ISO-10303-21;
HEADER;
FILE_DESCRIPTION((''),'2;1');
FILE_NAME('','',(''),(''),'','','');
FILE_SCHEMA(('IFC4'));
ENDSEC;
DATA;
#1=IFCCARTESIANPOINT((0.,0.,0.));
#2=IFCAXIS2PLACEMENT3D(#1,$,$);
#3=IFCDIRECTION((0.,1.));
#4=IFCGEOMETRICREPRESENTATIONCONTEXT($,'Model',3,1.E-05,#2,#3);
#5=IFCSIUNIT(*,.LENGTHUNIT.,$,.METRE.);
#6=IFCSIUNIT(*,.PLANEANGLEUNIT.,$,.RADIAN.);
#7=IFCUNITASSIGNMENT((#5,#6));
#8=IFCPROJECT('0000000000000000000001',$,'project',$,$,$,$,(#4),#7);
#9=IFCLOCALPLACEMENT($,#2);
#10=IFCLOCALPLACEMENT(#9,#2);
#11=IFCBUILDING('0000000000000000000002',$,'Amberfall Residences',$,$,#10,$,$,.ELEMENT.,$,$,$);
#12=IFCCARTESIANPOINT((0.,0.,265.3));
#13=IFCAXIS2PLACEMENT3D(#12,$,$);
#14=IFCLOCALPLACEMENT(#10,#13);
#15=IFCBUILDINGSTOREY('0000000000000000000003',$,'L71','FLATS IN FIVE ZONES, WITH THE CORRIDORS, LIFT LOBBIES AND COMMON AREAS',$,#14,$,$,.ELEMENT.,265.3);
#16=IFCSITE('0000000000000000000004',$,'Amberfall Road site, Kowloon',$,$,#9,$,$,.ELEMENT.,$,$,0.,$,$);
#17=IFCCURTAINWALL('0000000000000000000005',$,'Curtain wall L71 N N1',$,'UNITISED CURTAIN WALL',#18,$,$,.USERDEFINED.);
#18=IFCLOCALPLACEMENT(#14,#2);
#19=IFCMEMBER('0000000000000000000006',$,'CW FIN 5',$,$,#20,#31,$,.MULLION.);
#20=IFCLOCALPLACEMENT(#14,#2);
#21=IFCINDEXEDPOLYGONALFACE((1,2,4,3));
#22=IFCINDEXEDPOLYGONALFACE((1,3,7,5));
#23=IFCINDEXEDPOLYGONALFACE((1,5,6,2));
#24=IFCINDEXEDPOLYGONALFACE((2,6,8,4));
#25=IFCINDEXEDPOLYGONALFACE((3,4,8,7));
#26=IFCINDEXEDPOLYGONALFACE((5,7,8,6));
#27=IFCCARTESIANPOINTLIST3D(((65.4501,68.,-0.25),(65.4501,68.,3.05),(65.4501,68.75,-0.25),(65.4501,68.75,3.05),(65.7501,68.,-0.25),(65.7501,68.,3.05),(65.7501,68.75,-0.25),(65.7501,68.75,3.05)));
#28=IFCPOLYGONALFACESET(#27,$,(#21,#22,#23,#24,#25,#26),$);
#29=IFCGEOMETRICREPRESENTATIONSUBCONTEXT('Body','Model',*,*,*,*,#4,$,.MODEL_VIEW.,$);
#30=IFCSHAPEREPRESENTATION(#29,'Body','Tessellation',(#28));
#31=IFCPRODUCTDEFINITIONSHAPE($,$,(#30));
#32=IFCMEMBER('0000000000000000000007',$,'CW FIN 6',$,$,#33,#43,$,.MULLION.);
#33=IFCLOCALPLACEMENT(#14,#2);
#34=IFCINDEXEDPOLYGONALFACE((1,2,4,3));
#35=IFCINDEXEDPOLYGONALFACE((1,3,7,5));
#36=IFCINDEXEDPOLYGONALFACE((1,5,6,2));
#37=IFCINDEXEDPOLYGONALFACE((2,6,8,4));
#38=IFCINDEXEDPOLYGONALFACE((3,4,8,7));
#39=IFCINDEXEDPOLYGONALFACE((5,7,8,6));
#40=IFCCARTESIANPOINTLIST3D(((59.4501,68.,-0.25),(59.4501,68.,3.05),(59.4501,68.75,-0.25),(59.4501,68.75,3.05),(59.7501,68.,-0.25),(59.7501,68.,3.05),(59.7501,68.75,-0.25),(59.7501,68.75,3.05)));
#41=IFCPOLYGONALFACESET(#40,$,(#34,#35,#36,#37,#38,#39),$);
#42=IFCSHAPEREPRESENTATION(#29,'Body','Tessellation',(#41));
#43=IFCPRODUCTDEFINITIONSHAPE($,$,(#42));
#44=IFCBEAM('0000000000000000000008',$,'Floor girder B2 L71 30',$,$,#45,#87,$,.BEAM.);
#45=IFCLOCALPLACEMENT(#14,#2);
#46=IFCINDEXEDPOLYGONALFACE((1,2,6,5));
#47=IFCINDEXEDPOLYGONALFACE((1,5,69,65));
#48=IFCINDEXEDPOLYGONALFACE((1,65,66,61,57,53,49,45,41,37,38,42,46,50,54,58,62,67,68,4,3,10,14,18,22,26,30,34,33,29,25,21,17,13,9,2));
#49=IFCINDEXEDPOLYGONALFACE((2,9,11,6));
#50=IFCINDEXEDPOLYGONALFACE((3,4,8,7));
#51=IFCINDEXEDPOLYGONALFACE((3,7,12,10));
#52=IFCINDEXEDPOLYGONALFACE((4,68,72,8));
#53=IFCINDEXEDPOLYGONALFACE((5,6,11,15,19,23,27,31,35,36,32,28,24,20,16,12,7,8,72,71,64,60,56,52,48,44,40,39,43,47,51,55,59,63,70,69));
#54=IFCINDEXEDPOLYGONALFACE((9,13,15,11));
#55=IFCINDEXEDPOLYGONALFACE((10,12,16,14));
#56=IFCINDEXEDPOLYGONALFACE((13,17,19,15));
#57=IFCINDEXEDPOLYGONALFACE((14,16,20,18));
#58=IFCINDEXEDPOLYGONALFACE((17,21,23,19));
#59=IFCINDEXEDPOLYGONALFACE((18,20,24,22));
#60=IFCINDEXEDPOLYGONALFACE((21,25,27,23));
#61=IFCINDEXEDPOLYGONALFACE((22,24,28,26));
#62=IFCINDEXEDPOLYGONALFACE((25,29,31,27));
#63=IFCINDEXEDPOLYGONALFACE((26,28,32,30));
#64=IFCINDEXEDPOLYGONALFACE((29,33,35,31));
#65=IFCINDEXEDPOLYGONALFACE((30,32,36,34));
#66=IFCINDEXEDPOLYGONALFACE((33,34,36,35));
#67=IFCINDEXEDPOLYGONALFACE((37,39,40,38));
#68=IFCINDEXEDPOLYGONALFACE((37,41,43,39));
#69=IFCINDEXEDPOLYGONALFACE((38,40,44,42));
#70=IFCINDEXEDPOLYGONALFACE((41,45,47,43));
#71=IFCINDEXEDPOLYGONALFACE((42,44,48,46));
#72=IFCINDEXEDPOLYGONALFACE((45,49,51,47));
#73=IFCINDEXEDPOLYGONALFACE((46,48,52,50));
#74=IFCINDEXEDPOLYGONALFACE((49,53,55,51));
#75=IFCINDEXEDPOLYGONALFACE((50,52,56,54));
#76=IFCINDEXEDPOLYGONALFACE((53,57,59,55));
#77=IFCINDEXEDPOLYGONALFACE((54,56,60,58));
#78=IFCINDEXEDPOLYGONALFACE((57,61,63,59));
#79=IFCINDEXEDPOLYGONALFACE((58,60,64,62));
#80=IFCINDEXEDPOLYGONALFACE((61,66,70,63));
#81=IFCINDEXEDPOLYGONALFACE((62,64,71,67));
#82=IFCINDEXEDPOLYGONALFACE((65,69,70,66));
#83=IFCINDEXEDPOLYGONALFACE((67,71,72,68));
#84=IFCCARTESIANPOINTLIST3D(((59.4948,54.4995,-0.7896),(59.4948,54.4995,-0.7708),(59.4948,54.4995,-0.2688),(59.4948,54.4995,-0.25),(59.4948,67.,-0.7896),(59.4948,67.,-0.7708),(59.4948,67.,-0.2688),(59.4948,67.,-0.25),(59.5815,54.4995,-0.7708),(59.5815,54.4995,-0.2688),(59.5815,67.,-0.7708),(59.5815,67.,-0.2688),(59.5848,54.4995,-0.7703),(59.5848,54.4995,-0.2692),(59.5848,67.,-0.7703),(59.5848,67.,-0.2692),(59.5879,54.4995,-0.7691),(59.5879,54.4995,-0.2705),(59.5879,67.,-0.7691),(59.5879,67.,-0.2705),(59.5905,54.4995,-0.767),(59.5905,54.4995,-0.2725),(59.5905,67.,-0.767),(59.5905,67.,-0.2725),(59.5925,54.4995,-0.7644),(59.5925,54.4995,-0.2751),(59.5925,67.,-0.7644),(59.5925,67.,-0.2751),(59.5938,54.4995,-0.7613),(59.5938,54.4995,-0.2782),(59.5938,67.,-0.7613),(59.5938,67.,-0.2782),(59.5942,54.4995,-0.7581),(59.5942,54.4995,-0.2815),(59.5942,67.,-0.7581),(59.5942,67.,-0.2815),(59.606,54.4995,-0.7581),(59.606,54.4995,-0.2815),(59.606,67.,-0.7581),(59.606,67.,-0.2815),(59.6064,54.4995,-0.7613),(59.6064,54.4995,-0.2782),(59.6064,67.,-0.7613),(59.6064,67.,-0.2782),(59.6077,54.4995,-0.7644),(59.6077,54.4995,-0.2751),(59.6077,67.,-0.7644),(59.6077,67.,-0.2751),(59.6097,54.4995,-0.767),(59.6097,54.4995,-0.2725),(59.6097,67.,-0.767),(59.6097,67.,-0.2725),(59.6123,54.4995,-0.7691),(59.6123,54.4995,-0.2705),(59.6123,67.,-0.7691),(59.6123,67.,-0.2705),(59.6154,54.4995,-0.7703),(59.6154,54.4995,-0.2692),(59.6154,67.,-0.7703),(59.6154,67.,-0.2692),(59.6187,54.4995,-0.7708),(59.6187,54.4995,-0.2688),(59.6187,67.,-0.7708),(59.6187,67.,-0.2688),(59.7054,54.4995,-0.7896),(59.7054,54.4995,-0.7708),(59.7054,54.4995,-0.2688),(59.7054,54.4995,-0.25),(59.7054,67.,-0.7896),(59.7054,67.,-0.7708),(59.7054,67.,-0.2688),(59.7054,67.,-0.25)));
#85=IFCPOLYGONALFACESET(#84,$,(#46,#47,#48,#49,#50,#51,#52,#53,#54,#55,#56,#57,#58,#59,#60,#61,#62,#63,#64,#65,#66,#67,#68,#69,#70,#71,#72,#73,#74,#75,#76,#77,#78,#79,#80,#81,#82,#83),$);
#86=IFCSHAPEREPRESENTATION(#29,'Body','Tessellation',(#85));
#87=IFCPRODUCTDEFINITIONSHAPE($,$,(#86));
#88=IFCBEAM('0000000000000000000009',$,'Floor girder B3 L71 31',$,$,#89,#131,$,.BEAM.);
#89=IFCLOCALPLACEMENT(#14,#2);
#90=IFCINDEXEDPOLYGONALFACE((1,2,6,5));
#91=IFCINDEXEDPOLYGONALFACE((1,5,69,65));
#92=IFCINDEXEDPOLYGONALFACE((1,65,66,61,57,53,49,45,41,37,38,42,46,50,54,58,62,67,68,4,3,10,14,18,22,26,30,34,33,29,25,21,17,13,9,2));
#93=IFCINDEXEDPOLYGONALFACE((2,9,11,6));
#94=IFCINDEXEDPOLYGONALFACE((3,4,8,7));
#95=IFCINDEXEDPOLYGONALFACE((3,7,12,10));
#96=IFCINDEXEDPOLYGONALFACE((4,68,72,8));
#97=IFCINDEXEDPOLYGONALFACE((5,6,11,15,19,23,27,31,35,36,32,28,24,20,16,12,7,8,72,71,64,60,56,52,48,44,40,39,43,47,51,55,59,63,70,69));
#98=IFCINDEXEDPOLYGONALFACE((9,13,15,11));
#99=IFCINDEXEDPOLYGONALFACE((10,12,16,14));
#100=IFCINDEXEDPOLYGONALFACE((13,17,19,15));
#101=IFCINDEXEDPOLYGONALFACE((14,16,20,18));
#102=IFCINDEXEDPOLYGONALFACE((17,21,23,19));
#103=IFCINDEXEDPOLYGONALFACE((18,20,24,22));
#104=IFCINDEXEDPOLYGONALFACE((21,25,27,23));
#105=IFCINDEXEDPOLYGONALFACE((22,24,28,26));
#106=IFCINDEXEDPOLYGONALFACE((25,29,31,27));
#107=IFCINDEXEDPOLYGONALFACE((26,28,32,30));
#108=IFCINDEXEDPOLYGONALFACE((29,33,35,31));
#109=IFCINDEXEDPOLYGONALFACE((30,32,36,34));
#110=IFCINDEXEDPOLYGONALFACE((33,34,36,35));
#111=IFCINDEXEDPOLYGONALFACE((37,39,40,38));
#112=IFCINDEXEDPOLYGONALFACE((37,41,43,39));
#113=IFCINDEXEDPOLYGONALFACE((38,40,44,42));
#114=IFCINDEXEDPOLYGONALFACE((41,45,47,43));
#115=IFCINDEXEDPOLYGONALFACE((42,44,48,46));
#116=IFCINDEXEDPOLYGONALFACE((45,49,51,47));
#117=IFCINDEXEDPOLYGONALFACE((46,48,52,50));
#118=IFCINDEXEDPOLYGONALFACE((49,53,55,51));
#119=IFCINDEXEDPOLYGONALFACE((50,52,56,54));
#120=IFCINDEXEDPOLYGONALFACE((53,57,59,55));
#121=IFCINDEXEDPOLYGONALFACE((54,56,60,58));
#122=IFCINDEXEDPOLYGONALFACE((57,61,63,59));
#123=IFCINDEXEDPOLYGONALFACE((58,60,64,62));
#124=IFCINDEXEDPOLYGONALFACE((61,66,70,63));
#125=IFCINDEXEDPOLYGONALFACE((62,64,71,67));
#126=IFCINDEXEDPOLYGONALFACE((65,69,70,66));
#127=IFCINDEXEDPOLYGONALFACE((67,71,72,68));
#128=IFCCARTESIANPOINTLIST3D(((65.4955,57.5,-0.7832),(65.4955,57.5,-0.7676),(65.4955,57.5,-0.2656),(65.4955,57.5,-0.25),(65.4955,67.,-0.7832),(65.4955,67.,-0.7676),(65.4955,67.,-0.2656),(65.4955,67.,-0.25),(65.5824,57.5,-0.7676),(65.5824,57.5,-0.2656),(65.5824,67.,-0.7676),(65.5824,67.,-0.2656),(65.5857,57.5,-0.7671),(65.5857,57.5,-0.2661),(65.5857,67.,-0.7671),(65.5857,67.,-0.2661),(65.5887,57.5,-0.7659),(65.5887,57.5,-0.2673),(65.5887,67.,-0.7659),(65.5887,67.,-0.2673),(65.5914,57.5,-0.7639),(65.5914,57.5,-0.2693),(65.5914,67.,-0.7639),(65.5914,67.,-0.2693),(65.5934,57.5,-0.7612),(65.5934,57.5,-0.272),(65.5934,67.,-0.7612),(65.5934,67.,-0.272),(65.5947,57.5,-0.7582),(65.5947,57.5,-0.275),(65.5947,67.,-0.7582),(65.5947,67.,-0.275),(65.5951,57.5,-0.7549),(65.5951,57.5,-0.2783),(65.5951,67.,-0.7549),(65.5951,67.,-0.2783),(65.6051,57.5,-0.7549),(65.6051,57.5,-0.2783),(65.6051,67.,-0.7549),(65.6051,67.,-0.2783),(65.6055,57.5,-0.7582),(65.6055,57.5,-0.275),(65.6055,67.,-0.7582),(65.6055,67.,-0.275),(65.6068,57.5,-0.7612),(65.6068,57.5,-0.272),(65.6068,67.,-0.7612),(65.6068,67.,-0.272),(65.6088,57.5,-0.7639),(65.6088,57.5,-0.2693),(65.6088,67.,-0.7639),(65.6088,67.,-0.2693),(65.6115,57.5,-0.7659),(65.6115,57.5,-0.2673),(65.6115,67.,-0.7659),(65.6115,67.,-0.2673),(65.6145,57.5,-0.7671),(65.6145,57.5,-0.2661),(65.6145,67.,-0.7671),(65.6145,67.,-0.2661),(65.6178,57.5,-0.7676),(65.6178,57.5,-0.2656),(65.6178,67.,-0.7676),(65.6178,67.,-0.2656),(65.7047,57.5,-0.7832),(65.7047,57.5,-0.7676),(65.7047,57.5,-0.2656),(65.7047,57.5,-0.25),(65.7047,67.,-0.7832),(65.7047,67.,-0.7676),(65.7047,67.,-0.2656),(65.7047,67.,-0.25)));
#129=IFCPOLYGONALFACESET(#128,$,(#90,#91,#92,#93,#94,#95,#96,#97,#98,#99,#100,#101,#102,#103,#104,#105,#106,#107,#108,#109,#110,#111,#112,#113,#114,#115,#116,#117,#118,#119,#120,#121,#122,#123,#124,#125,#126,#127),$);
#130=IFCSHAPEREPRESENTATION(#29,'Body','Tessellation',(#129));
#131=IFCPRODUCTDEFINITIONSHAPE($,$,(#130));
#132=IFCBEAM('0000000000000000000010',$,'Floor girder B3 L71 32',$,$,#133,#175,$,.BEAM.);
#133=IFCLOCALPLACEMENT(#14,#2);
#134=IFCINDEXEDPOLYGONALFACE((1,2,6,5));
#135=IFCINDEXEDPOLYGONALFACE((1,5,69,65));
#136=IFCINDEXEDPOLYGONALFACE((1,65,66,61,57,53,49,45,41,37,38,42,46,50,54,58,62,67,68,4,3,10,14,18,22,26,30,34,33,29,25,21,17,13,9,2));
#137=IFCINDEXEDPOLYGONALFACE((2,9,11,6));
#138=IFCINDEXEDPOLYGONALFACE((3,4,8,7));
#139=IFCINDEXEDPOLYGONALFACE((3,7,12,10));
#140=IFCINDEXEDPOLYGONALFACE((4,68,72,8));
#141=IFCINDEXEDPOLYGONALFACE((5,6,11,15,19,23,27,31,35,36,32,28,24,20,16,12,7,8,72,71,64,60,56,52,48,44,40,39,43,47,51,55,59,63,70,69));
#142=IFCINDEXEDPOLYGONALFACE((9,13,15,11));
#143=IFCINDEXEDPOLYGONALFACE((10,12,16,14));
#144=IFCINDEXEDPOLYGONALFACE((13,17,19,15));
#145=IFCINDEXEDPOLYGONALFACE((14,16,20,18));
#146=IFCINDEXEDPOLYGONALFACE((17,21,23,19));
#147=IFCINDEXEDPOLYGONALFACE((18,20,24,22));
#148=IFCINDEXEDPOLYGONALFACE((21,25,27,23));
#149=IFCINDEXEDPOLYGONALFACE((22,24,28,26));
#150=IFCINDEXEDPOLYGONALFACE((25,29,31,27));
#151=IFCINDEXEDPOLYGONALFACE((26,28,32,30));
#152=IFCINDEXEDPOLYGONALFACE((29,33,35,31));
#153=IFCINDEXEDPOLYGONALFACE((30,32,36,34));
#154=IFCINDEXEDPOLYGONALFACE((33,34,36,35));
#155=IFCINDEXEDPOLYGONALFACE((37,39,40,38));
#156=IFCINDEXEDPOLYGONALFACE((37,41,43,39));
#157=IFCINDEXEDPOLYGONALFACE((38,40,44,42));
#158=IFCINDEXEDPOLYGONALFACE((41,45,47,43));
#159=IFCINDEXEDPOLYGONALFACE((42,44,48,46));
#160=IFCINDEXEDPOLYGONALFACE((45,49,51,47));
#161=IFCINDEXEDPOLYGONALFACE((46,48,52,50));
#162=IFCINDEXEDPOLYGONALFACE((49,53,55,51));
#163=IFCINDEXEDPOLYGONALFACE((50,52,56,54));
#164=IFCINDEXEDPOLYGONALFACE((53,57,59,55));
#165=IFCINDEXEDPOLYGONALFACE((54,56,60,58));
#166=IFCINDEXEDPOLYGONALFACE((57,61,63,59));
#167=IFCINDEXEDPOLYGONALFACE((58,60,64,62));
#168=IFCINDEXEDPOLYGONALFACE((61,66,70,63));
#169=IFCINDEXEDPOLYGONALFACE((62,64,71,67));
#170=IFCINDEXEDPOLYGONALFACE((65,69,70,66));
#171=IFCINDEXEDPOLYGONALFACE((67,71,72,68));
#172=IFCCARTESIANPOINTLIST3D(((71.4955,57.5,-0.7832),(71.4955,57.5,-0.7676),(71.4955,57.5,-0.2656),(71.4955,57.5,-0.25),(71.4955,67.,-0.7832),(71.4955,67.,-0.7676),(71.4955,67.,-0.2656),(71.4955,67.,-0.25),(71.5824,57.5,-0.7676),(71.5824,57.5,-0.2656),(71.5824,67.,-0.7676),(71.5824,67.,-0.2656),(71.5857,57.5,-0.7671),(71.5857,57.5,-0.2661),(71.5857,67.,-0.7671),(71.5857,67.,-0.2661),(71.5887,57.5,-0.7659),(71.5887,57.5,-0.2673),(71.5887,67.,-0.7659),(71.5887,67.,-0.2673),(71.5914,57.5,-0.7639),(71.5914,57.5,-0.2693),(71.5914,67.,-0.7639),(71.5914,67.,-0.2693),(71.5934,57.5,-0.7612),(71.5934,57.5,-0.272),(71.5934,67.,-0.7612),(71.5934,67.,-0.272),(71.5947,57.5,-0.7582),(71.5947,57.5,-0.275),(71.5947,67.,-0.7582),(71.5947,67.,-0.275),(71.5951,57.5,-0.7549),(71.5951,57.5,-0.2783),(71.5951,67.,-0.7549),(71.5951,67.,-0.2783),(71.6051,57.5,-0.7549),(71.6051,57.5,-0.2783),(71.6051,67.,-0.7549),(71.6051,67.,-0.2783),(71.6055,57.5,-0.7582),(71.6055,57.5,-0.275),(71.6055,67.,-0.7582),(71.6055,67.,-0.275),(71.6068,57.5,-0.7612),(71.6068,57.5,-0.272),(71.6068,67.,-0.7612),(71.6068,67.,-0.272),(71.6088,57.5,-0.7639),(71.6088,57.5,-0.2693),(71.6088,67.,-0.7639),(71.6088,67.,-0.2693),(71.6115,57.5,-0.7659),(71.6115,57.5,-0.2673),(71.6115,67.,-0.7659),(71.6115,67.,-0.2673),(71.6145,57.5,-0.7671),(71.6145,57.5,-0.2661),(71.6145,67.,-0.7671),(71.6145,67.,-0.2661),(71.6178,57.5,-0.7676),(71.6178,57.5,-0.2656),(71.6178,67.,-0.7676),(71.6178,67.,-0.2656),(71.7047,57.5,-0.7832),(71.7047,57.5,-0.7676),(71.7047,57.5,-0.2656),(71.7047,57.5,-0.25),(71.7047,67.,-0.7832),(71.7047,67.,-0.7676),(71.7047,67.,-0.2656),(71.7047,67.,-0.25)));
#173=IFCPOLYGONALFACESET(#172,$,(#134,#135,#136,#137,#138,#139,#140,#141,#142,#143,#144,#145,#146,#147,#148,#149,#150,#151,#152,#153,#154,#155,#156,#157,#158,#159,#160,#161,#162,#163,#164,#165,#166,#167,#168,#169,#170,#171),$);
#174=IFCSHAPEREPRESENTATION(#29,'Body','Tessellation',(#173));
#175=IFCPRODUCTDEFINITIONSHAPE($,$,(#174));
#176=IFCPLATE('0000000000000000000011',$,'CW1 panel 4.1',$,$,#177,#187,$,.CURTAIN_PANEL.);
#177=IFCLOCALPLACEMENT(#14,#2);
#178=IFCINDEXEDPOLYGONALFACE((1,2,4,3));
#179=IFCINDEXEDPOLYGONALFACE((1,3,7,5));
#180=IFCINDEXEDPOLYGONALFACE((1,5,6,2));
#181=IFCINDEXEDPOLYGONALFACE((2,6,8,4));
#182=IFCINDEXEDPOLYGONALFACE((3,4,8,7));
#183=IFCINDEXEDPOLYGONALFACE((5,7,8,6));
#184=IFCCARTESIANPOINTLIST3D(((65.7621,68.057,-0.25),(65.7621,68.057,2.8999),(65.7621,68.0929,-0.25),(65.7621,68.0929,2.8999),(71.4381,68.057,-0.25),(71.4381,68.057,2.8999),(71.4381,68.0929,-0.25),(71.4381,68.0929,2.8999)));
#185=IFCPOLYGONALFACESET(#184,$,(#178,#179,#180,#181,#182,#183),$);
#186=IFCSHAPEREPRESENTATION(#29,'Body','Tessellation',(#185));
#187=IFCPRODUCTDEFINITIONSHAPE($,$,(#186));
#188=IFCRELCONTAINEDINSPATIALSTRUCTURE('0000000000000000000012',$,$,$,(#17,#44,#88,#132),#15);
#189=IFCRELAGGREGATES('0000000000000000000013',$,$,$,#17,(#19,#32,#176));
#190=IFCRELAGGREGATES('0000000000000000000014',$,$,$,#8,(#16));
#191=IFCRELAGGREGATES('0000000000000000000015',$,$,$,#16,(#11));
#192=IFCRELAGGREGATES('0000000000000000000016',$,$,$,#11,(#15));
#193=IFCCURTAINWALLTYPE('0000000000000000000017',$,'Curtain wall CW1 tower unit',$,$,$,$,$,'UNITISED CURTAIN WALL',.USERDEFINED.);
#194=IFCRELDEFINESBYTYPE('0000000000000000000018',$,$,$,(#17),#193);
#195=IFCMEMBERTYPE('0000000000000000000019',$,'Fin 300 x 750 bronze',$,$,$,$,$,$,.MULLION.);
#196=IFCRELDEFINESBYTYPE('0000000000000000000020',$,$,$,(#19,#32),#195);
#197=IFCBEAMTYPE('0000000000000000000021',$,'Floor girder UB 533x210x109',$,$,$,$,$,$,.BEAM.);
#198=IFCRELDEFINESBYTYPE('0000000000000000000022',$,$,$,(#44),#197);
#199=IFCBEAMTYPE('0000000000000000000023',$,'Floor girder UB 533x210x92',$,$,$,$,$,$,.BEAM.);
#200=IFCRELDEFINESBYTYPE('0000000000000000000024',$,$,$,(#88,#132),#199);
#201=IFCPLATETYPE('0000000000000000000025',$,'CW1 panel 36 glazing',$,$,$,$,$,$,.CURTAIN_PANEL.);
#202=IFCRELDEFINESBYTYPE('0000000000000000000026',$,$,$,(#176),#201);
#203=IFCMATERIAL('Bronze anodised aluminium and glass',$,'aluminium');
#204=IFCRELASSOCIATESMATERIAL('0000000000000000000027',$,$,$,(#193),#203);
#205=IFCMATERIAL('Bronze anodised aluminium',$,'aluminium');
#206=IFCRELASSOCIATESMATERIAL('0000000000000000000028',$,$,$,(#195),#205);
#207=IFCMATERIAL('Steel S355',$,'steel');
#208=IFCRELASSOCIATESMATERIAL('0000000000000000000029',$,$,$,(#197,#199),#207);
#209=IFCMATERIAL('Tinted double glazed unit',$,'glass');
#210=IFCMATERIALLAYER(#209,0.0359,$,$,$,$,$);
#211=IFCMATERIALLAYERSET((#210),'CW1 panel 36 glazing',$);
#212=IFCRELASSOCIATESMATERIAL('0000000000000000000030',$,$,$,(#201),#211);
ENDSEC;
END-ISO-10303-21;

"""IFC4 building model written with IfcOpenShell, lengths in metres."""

from ifc_helpers import new_model, si_unit, direction, frame, origin, origin_2d, place, context, subcontext, project, spatial, rectangle, i_section, extrude, material, layer, layer_set, material_profile, profile_set, type_object, element, aggregate, save


model = new_model("IFC4")

# Units and contexts
model_context = context("Model", 3, precision=1e-05, world=origin(), true_north=direction((0.0, 1.0)))
body_context = subcontext(model_context, "Body", "Model", "MODEL_VIEW")
ifc_project = project(units=[si_unit("LENGTHUNIT", "METRE"), si_unit("PLANEANGLEUNIT", "RADIAN")], contexts=[model_context])

# Site, building, storey
site_placement = place(None, origin())
site = spatial("IfcSite", under=ifc_project, at=site_placement, Name="Amberfall Road site, Kowloon", CompositionType="ELEMENT", RefElevation=0.0)
building_placement = place(site_placement, origin())
building = spatial("IfcBuilding", under=site, at=building_placement, Name="Amberfall Residences", CompositionType="ELEMENT")
storey_placement = place(building_placement, frame((0.0, 0.0, 265.3)))
storey = spatial("IfcBuildingStorey", under=building, at=storey_placement, Name="L71", Description="FLATS IN FIVE ZONES, WITH THE CORRIDORS, LIFT LOBBIES AND COMMON AREAS", CompositionType="ELEMENT", Elevation=265.3)

# Curtain wall
ifc_material_1 = material(Name="Bronze anodised aluminium and glass", Category="aluminium")
curtain_wall_type = type_object("IfcCurtainWallType", Name="Curtain wall CW1 tower unit", ElementType="UNITISED CURTAIN WALL", PredefinedType="USERDEFINED", material=ifc_material_1)
curtain_wall_placement = place(storey_placement, origin())
curtain_wall = element("IfcCurtainWall", 1, at=curtain_wall_placement, inside=storey, type_object=curtain_wall_type, Name="Curtain wall L71 N N1", ObjectType="UNITISED CURTAIN WALL", PredefinedType="USERDEFINED")
ifc_material_2 = material(Name="Bronze anodised aluminium", Category="aluminium")

# Shared definitions
ifc_material_3 = material(Name="Steel S355", Category="steel")

# Members
ifc_material_profile_1 = material_profile(ifc_material_2, rectangle(XDim=0.75, YDim=0.3, at=origin_2d()), Name="Fin 300 x 750 bronze")
ifc_profile_set_1 = profile_set([ifc_material_profile_1], Name="Bronze anodised aluminium")
member_type_1 = type_object("IfcMemberType", Name="Fin 300 x 750 bronze", PredefinedType="MULLION", material=ifc_profile_set_1)
member_1_placement = place(storey_placement, frame((65.6001, 68.375, -0.25), z_axis=(0.0, 0.0, 1.0), x_axis=(0.0, -1.0, 0.0)))
member_1 = element("IfcMember", 2, at=member_1_placement, type_object=member_type_1, Name="CW FIN 5", PredefinedType="MULLION", context=body_context, shape_type="SweptSolid", body=[
    extrude(rectangle(XDim=0.75, YDim=0.3, at=origin_2d()), origin(), (0.0, 0.0, 1.0), 3.3),
])
member_2_placement = place(storey_placement, frame((59.6001, 68.375, -0.25), z_axis=(0.0, 0.0, 1.0), x_axis=(0.0, -1.0, 0.0)))
member_2 = element("IfcMember", 3, at=member_2_placement, type_object=member_type_1, Name="CW FIN 6", PredefinedType="MULLION", context=body_context, shape_type="SweptSolid", body=[
    extrude(rectangle(XDim=0.75, YDim=0.3, at=origin_2d()), origin(), (0.0, 0.0, 1.0), 3.3),
])

# Beams
ifc_material_profile_2 = material_profile(ifc_material_3, i_section(OverallWidth=0.2107, OverallDepth=0.5396, WebThickness=0.0117, FlangeThickness=0.0188, FilletRadius=0.0127, at=origin_2d()), Name="UB 533x210x109")
ifc_profile_set_2 = profile_set([ifc_material_profile_2], Name="Steel S355")
beam_type_1 = type_object("IfcBeamType", Name="Floor girder UB 533x210x109", PredefinedType="BEAM", material=ifc_profile_set_2)
beam_placement = place(storey_placement, frame((59.6001, 67.0, -0.5198), z_axis=(0.0, -1.0, 0.0), x_axis=(1.0, 0.0, 0.0)))
element("IfcBeam", 4, at=beam_placement, inside=storey, type_object=beam_type_1, Name="Floor girder B2 L71 30", PredefinedType="BEAM", context=body_context, shape_type="SweptSolid", body=[
    extrude(i_section(OverallWidth=0.2107, OverallDepth=0.5396, WebThickness=0.0117, FlangeThickness=0.0188, FilletRadius=0.0127, at=origin_2d()), origin(), (0.0, 0.0, 1.0), 12.5005),
])
ifc_material_profile_3 = material_profile(ifc_material_3, i_section(OverallWidth=0.2092, OverallDepth=0.5332, WebThickness=0.01, FlangeThickness=0.0156, FilletRadius=0.0127, at=origin_2d()), Name="UB 533x210x92")
ifc_profile_set_3 = profile_set([ifc_material_profile_3], Name="Steel S355")
beam_type_2 = type_object("IfcBeamType", Name="Floor girder UB 533x210x92", PredefinedType="BEAM", material=ifc_profile_set_3)
for number, where, z_axis, x_axis, name in (
    (5, (65.6001, 67.0, -0.5166), (0.0, -1.0, 0.0), (1.0, 0.0, 0.0), "Floor girder B3 L71 31"),
    (6, (71.6001, 67.0, -0.5166), (0.0, -1.0, 0.0), (1.0, 0.0, 0.0), "Floor girder B3 L71 32"),
):
    element("IfcBeam", number, at=place(storey_placement, frame(where, z_axis=z_axis, x_axis=x_axis)), inside=storey, type_object=beam_type_2, Name=name, PredefinedType="BEAM", context=body_context, shape_type="SweptSolid", body=[
        extrude(i_section(OverallWidth=0.2092, OverallDepth=0.5332, WebThickness=0.01, FlangeThickness=0.0156, FilletRadius=0.0127, at=origin_2d()), origin(), (0.0, 0.0, 1.0), 9.5),
    ])

# Plate
ifc_material_4 = material(Name="Tinted double glazed unit", Category="glass")
ifc_layer_1 = layer(ifc_material_4, 0.0359)
ifc_layer_set_1 = layer_set([ifc_layer_1], Name="CW1 panel 36 glazing")
plate_type = type_object("IfcPlateType", Name="CW1 panel 36 glazing", PredefinedType="CURTAIN_PANEL", material=ifc_layer_set_1)
plate_1_placement = place(storey_placement, frame((68.6001, 68.075, -0.25), z_axis=(0.0, 0.0, 1.0), x_axis=(-1.0, 0.0, 0.0)))
plate_1 = element("IfcPlate", 7, at=plate_1_placement, type_object=plate_type, Name="CW1 panel 4.1", PredefinedType="CURTAIN_PANEL", context=body_context, shape_type="SweptSolid", body=[
    extrude(rectangle(XDim=5.676, YDim=0.0359, at=origin_2d()), origin(), (0.0, 0.0, 1.0), 3.1499),
])
aggregate(curtain_wall, [member_1, member_2, plate_1])

save(model, "model.ifc")
